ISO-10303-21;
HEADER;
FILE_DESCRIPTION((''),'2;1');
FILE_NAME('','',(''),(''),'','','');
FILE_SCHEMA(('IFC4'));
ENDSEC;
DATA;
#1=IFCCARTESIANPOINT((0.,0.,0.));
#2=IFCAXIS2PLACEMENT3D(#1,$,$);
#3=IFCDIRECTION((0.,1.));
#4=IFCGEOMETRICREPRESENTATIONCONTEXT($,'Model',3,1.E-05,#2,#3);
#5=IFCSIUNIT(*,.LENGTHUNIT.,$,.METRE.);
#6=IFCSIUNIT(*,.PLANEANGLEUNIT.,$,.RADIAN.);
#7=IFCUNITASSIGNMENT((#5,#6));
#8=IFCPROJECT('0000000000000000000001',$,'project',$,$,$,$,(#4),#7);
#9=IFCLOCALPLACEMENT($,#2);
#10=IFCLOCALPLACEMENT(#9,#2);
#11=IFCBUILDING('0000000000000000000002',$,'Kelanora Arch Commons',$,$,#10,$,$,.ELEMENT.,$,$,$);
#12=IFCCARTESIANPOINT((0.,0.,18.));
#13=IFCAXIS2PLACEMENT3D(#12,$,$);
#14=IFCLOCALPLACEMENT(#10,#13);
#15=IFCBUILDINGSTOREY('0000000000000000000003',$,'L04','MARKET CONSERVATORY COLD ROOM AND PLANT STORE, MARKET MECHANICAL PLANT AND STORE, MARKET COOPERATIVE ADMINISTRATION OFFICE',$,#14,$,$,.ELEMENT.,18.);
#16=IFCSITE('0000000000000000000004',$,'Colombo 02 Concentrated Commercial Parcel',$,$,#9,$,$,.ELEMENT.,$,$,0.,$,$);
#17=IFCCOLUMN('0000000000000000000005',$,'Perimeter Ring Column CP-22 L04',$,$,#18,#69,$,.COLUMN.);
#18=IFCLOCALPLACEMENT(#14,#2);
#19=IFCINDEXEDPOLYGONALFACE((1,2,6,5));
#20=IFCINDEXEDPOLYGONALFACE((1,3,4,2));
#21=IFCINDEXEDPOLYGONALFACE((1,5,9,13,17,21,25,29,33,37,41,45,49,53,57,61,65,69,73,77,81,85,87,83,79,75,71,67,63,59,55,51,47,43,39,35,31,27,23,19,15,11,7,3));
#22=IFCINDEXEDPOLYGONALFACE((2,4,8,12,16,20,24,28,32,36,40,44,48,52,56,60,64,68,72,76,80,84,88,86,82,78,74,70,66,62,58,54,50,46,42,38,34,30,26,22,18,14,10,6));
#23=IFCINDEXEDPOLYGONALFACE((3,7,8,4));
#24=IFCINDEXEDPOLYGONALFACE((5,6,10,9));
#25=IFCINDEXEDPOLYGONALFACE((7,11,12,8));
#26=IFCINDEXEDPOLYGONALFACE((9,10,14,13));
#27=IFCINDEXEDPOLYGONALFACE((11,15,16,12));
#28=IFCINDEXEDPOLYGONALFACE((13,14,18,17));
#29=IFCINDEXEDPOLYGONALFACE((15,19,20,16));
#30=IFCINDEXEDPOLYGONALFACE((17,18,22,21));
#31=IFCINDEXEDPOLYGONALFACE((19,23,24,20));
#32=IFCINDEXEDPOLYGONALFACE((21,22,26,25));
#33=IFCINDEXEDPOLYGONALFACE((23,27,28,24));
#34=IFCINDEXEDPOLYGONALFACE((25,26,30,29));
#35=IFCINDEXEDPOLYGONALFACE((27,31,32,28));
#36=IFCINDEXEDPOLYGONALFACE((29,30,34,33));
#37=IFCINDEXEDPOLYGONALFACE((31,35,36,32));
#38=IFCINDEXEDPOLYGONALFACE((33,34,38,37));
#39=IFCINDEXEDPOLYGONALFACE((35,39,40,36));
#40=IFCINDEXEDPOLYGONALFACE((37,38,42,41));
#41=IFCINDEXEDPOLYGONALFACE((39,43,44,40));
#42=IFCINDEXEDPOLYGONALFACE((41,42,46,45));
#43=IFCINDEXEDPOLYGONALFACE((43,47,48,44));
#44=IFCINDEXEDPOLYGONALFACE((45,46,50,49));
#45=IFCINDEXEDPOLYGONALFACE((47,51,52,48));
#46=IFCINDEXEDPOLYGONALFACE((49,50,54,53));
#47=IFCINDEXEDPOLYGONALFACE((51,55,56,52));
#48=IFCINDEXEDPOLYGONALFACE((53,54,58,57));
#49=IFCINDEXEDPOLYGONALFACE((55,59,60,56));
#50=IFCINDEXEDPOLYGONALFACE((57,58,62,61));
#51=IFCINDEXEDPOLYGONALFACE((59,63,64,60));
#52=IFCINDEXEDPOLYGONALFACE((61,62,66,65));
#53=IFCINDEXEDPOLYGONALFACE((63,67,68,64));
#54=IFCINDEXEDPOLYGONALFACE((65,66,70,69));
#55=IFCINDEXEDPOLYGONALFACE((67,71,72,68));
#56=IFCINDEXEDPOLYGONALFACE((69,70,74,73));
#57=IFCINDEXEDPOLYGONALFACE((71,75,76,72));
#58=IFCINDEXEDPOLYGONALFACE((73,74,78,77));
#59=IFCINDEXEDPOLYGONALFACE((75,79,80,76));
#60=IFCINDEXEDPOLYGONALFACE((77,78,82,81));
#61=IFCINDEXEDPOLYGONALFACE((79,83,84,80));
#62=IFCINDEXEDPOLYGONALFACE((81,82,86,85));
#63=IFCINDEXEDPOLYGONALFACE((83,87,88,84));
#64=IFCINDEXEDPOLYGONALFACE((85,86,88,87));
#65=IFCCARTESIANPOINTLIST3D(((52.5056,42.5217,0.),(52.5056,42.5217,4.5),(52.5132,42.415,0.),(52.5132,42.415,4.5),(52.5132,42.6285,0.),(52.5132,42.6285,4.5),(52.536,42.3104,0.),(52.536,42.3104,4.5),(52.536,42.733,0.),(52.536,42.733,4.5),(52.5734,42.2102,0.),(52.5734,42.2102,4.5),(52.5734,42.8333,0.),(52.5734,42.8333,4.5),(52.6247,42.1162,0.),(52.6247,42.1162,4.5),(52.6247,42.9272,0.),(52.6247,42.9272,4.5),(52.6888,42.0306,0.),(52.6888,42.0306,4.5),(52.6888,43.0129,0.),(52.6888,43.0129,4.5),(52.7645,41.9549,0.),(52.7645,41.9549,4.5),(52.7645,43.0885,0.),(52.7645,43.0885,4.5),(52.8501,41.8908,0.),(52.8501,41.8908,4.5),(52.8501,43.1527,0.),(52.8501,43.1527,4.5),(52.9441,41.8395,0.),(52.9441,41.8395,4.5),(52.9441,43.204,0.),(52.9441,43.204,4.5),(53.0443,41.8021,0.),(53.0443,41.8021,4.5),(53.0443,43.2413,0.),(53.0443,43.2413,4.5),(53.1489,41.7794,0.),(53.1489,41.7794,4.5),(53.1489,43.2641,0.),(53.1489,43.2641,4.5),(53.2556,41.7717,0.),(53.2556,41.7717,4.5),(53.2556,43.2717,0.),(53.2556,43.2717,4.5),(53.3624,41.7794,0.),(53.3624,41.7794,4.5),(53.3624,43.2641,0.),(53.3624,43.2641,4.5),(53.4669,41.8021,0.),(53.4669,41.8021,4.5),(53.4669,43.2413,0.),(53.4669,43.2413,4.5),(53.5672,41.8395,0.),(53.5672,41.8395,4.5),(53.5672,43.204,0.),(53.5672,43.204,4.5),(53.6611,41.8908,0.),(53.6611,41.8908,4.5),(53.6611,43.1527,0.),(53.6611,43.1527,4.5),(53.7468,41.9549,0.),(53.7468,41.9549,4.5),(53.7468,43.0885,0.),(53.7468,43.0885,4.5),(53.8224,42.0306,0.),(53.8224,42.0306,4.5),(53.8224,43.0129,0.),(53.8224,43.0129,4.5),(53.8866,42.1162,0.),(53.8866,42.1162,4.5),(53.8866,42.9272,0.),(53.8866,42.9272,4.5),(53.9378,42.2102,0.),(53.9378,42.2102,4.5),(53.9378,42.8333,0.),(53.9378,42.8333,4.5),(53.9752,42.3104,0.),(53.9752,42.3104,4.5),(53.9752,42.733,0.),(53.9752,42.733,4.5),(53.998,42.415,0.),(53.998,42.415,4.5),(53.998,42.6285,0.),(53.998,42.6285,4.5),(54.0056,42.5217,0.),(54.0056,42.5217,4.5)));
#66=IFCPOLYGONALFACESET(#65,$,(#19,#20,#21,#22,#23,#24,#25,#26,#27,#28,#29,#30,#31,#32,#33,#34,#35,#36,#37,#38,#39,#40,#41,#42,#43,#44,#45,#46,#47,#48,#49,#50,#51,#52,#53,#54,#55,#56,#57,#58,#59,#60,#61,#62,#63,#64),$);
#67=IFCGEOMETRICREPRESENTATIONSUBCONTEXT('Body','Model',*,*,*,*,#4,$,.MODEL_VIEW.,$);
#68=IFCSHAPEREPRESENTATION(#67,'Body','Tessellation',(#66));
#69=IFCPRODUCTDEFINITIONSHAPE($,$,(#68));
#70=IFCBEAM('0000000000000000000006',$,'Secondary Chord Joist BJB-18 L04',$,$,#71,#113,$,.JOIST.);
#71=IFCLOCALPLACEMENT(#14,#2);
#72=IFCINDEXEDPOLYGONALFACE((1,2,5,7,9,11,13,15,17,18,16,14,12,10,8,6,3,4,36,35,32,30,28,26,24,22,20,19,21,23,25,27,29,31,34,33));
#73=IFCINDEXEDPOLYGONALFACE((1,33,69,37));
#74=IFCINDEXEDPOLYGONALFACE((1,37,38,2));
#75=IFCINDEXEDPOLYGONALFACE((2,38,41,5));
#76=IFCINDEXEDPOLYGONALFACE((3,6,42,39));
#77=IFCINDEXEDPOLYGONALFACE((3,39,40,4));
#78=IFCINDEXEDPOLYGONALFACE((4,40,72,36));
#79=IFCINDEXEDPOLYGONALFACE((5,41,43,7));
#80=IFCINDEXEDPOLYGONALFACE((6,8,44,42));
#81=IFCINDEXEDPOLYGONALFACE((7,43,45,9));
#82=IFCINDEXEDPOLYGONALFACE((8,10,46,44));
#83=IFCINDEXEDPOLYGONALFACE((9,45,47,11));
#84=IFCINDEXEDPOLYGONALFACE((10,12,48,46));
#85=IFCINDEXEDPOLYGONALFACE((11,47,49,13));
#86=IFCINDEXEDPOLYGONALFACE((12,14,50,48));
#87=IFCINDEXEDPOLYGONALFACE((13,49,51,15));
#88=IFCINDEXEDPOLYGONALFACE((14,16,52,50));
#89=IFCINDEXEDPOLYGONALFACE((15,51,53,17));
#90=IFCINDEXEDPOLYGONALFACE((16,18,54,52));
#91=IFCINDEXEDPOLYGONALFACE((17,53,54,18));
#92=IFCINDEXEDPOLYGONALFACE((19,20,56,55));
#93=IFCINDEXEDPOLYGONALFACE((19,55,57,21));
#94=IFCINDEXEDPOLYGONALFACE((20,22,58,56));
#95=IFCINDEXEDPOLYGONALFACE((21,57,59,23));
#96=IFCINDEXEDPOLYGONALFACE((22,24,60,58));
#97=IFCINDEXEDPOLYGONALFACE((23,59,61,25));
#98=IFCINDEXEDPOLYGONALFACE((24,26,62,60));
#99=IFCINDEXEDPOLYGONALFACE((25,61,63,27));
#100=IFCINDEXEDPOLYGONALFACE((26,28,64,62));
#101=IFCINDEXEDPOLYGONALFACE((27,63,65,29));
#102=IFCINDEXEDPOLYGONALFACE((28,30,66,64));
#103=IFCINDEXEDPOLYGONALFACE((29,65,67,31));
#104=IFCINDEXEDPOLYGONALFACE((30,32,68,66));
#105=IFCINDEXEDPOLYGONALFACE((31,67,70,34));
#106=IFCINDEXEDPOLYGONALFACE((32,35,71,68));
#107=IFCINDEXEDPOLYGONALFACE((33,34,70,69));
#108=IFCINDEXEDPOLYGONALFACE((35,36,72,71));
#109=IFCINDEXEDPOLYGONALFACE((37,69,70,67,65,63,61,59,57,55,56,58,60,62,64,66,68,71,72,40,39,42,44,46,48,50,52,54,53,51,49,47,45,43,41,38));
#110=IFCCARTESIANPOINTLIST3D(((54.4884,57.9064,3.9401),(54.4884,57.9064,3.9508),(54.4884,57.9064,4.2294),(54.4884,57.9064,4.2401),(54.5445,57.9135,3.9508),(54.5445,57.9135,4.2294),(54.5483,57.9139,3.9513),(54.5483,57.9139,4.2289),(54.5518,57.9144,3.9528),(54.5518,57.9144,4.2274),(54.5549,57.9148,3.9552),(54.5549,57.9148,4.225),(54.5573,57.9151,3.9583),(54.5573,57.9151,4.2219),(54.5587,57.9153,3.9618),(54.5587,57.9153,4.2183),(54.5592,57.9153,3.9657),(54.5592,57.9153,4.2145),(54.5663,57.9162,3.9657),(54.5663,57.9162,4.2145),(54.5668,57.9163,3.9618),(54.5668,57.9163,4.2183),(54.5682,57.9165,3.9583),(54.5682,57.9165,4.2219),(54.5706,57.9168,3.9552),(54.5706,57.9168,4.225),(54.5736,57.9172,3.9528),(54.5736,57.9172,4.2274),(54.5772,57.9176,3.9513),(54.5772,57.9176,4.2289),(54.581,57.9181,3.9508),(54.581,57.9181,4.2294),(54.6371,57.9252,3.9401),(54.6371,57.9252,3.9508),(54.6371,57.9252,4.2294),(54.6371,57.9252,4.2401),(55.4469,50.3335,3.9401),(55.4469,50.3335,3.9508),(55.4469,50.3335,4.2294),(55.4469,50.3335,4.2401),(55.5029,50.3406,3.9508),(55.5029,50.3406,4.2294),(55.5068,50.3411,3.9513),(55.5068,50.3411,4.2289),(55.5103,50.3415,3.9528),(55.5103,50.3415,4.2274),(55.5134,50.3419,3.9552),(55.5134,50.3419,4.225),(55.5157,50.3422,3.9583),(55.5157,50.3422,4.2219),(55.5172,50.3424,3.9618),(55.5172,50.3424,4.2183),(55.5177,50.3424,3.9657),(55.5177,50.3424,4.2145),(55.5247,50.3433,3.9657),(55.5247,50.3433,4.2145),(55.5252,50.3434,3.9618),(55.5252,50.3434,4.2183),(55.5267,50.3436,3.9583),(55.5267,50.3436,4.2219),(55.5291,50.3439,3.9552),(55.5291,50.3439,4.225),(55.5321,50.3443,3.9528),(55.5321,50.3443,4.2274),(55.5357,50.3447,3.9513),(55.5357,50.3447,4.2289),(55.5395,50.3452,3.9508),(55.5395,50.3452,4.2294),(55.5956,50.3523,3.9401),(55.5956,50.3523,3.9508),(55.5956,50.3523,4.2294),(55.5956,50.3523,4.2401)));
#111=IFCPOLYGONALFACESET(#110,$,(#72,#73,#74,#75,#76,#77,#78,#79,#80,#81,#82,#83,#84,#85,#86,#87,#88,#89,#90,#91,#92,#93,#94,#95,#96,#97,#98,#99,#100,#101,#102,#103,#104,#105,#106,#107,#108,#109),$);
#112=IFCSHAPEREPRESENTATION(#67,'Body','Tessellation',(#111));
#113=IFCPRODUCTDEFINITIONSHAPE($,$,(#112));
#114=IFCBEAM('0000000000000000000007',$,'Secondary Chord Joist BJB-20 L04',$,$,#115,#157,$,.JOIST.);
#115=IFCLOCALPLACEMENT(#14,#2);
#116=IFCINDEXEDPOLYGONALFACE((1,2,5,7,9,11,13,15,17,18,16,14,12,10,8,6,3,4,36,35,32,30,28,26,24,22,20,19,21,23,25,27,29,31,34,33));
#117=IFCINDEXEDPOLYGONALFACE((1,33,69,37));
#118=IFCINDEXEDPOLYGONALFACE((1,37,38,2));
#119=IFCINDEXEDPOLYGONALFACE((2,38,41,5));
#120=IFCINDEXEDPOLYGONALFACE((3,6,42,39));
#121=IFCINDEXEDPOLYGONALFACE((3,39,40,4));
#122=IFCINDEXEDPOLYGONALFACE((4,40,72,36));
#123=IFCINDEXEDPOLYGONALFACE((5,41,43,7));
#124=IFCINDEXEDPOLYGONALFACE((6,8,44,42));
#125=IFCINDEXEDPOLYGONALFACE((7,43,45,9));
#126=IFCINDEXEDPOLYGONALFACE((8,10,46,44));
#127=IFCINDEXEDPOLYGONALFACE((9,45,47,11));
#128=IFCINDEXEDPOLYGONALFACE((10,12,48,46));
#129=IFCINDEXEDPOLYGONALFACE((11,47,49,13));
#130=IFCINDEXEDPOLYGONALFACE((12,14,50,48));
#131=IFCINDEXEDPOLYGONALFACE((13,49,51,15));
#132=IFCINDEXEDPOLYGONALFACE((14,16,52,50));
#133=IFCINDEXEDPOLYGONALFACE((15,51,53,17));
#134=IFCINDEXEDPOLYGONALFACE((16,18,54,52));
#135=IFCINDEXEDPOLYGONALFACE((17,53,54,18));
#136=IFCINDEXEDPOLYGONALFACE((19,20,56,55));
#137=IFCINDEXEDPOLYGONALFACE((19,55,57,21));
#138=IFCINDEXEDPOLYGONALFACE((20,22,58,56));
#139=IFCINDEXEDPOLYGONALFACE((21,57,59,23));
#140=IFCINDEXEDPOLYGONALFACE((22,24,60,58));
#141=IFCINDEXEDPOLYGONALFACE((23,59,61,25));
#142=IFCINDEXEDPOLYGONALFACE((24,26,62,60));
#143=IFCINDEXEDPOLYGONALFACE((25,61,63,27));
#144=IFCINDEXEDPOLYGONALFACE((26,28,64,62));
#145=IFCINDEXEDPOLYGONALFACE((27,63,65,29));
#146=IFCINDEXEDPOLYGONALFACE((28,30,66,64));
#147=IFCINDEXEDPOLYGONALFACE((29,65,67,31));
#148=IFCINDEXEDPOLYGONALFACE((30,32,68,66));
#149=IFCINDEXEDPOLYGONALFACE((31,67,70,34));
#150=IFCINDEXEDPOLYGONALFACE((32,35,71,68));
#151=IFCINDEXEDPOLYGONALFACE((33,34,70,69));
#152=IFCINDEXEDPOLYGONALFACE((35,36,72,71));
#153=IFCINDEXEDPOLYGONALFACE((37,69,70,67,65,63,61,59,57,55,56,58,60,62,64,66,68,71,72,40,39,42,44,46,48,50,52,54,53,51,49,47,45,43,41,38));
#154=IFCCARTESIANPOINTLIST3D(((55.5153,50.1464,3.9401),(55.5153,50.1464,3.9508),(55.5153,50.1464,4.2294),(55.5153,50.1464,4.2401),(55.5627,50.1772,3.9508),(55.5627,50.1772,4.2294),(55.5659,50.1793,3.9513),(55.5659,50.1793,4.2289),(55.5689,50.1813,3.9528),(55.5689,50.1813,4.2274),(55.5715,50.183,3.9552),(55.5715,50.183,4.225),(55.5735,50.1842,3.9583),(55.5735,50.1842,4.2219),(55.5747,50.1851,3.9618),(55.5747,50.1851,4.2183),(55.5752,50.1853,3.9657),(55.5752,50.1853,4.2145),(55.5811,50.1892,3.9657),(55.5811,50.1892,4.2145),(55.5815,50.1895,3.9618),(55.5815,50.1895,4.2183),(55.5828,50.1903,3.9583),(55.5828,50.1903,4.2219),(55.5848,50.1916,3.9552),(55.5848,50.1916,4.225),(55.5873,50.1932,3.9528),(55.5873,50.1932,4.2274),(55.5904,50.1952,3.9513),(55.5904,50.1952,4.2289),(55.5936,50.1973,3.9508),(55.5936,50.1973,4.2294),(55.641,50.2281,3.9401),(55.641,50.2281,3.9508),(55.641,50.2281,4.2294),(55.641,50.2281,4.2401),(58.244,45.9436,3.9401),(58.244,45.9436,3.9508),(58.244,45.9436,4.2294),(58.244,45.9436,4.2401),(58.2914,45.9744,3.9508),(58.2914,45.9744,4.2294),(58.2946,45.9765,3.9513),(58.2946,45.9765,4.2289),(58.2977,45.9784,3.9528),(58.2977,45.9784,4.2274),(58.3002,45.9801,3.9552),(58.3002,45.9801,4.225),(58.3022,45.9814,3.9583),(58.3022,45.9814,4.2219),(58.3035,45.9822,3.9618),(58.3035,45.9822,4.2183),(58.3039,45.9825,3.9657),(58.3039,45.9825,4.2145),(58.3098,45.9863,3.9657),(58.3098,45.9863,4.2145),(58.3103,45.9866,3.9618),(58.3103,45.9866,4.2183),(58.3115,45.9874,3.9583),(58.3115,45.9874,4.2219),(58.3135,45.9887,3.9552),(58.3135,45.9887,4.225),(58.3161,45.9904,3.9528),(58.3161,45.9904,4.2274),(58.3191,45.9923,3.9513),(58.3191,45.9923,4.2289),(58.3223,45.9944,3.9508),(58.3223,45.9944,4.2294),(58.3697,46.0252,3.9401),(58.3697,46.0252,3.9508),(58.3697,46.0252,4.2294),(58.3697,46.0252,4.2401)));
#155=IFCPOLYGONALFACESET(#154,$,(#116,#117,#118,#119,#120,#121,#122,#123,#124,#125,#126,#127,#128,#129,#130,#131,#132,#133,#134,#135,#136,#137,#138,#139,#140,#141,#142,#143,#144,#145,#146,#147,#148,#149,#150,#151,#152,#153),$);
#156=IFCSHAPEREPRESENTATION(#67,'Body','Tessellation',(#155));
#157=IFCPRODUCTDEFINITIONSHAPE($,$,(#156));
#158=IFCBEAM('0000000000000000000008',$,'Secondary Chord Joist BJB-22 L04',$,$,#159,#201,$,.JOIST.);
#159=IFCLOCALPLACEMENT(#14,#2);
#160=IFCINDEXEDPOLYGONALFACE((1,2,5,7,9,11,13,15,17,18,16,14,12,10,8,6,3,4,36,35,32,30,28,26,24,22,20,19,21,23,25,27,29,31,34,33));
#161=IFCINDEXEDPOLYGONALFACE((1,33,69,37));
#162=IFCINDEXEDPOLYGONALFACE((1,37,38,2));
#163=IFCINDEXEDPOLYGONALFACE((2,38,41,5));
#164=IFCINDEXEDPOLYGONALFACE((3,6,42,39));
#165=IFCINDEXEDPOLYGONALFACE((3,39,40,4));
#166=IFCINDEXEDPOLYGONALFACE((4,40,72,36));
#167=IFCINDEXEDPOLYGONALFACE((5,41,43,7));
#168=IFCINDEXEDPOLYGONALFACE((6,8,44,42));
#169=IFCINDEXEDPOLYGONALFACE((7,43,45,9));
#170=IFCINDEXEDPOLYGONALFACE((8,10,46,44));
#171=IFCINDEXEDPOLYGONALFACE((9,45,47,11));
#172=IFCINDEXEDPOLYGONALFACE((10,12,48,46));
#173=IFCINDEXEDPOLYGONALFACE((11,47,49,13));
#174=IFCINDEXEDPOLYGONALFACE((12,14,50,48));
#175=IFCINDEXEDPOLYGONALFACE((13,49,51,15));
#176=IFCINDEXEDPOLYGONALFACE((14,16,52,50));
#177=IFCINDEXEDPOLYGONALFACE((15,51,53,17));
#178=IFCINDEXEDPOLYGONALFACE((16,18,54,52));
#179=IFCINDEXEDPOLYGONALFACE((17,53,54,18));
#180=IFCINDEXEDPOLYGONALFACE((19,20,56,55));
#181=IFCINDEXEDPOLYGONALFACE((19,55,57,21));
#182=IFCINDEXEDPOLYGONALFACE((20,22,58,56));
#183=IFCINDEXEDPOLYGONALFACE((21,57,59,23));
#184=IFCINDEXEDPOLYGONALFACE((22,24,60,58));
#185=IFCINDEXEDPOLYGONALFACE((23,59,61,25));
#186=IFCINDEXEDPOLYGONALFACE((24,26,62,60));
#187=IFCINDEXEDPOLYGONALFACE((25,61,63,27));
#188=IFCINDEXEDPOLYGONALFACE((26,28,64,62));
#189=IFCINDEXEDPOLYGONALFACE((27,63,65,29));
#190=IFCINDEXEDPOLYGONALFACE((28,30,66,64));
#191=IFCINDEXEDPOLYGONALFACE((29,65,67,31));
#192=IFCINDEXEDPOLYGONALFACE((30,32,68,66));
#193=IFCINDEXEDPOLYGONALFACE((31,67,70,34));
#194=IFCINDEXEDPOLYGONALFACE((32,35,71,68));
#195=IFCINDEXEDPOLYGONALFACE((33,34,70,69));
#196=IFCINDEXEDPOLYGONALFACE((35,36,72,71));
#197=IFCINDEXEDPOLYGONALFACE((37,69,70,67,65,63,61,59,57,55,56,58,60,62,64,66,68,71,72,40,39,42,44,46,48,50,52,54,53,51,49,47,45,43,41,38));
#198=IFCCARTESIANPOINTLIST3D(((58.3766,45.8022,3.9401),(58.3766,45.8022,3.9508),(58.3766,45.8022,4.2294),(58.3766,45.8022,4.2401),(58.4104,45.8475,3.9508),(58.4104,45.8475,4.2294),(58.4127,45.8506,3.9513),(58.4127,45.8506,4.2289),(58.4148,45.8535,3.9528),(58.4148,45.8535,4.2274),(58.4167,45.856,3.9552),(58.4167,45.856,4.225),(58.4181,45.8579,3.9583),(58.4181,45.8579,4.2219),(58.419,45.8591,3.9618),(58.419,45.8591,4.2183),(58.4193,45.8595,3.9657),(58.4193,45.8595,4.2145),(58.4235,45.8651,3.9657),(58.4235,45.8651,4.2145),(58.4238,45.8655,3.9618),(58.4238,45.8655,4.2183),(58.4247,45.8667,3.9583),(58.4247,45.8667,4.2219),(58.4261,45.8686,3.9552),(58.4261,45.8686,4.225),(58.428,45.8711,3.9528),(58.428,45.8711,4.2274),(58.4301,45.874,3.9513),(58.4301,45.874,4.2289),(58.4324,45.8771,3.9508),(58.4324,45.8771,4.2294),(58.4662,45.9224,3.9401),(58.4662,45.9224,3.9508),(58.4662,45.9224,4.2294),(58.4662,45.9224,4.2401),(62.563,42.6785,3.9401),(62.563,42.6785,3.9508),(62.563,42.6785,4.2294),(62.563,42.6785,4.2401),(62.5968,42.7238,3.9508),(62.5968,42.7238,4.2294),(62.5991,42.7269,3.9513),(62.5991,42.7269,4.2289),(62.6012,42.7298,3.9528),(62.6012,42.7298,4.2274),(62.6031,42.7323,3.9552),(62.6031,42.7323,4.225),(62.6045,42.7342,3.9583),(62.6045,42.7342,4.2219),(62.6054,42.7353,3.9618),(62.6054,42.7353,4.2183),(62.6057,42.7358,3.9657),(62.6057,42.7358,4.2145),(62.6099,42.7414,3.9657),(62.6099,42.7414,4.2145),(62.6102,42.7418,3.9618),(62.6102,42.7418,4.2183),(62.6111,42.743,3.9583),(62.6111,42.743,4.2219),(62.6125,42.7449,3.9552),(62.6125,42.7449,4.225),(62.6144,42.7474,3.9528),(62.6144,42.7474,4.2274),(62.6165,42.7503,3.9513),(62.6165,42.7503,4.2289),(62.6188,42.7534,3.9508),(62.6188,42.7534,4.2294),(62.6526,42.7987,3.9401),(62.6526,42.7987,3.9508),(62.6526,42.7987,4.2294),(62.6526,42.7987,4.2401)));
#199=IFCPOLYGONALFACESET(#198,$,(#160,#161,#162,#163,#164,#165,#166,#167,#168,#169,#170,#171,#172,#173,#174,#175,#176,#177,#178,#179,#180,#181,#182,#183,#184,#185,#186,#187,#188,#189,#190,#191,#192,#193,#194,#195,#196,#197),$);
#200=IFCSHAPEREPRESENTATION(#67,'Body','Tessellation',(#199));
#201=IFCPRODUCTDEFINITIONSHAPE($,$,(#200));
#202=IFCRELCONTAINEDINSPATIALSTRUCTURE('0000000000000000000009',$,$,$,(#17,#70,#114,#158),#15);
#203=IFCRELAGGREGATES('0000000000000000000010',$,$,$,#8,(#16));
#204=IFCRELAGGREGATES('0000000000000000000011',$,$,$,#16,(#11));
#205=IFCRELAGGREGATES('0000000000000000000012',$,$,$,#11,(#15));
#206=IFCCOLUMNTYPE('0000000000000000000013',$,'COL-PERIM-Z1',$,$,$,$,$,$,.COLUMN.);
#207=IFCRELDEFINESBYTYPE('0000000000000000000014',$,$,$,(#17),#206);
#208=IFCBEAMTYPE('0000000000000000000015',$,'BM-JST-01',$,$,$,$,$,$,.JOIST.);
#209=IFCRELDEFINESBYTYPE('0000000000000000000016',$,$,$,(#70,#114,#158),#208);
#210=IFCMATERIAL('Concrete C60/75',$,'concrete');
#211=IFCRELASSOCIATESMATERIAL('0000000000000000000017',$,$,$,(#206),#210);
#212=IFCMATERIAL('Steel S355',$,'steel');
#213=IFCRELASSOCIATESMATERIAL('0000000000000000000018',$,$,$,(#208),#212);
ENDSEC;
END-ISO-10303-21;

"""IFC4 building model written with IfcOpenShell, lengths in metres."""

from ifc_helpers import new_model, si_unit, direction, frame, origin, origin_2d, place, context, subcontext, project, spatial, circle, i_section, extrude, material, material_profile, profile_set, type_object, element, save


model = new_model("IFC4")

# Units and contexts
model_context = context("Model", 3, precision=1e-05, world=origin(), true_north=direction((0.0, 1.0)))
body_context = subcontext(model_context, "Body", "Model", "MODEL_VIEW")
ifc_project = project(units=[si_unit("LENGTHUNIT", "METRE"), si_unit("PLANEANGLEUNIT", "RADIAN")], contexts=[model_context])

# Site, building, storey
site_placement = place(None, origin())
site = spatial("IfcSite", under=ifc_project, at=site_placement, Name="Colombo 02 Concentrated Commercial Parcel", CompositionType="ELEMENT", RefElevation=0.0)
building_placement = place(site_placement, origin())
building = spatial("IfcBuilding", under=site, at=building_placement, Name="Kelanora Arch Commons", CompositionType="ELEMENT")
storey_placement = place(building_placement, frame((0.0, 0.0, 18.0)))
storey = spatial("IfcBuildingStorey", under=building, at=storey_placement, Name="L04", Description="MARKET CONSERVATORY COLD ROOM AND PLANT STORE, MARKET MECHANICAL PLANT AND STORE, MARKET COOPERATIVE ADMINISTRATION OFFICE", CompositionType="ELEMENT", Elevation=18.0)

# Column
ifc_material_1 = material(Name="Concrete C60/75", Category="concrete")
ifc_material_profile_1 = material_profile(ifc_material_1, circle(Radius=0.75, at=origin_2d()), Name="RCC1500")
ifc_profile_set_1 = profile_set([ifc_material_profile_1], Name="Concrete C60/75")
column_type = type_object("IfcColumnType", Name="COL-PERIM-Z1", PredefinedType="COLUMN", material=ifc_profile_set_1)
column_placement = place(storey_placement, frame((53.2556, 42.5217, 0.0), z_axis=(0.0, 0.0, 1.0), x_axis=(1.0, 0.0, 0.0)))
element("IfcColumn", 1, at=column_placement, inside=storey, type_object=column_type, Name="Perimeter Ring Column CP-22 L04", PredefinedType="COLUMN", context=body_context, shape_type="SweptSolid", body=[
    extrude(circle(Radius=0.75, at=origin_2d()), origin(), (0.0, 0.0, 1.0), 4.5),
])

# Beams
ifc_material_2 = material(Name="Steel S355", Category="steel")
ifc_material_profile_2 = material_profile(ifc_material_2, i_section(OverallWidth=0.1499, OverallDepth=0.3, WebThickness=0.0071, FlangeThickness=0.0107, FilletRadius=0.0149, at=origin_2d()), Name="IPE300")
ifc_profile_set_2 = profile_set([ifc_material_profile_2], Name="Steel S355")
beam_type_1 = type_object("IfcBeamType", Name="BM-JST-01", PredefinedType="JOIST", material=ifc_profile_set_2)
beam_1_placement = place(storey_placement, frame((54.5627, 57.9158, 4.0901), z_axis=(0.125566, -0.992085, 0.0), x_axis=(0.992085, 0.125566, 0.0)))
element("IfcBeam", 2, at=beam_1_placement, inside=storey, type_object=beam_type_1, Name="Secondary Chord Joist BJB-18 L04", PredefinedType="JOIST", context=body_context, shape_type="SweptSolid", body=[
    extrude(i_section(OverallWidth=0.1499, OverallDepth=0.3, WebThickness=0.0071, FlangeThickness=0.0107, FilletRadius=0.0149, at=origin_2d()), origin(), (0.0, 0.0, 1.0), 7.6333),
])
beam_2_placement = place(storey_placement, frame((55.5781, 50.1873, 4.0901), z_axis=(0.544552, -0.838727, 0.0), x_axis=(0.838727, 0.544552, 0.0)))
element("IfcBeam", 3, at=beam_2_placement, inside=storey, type_object=beam_type_1, Name="Secondary Chord Joist BJB-20 L04", PredefinedType="JOIST", context=body_context, shape_type="SweptSolid", body=[
    extrude(i_section(OverallWidth=0.1499, OverallDepth=0.3, WebThickness=0.0071, FlangeThickness=0.0107, FilletRadius=0.0149, at=origin_2d()), origin(), (0.0, 0.0, 1.0), 5.011),
])
beam_3_placement = place(storey_placement, frame((58.4214, 45.8623, 4.0901), z_axis=(0.801478, -0.598024, 0.0), x_axis=(0.598024, 0.801478, 0.0)))
element("IfcBeam", 4, at=beam_3_placement, inside=storey, type_object=beam_type_1, Name="Secondary Chord Joist BJB-22 L04", PredefinedType="JOIST", context=body_context, shape_type="SweptSolid", body=[
    extrude(i_section(OverallWidth=0.1499, OverallDepth=0.3, WebThickness=0.0071, FlangeThickness=0.0107, FilletRadius=0.0149, at=origin_2d()), origin(), (0.0, 0.0, 1.0), 5.2234),
])

save(model, "model.ifc")
